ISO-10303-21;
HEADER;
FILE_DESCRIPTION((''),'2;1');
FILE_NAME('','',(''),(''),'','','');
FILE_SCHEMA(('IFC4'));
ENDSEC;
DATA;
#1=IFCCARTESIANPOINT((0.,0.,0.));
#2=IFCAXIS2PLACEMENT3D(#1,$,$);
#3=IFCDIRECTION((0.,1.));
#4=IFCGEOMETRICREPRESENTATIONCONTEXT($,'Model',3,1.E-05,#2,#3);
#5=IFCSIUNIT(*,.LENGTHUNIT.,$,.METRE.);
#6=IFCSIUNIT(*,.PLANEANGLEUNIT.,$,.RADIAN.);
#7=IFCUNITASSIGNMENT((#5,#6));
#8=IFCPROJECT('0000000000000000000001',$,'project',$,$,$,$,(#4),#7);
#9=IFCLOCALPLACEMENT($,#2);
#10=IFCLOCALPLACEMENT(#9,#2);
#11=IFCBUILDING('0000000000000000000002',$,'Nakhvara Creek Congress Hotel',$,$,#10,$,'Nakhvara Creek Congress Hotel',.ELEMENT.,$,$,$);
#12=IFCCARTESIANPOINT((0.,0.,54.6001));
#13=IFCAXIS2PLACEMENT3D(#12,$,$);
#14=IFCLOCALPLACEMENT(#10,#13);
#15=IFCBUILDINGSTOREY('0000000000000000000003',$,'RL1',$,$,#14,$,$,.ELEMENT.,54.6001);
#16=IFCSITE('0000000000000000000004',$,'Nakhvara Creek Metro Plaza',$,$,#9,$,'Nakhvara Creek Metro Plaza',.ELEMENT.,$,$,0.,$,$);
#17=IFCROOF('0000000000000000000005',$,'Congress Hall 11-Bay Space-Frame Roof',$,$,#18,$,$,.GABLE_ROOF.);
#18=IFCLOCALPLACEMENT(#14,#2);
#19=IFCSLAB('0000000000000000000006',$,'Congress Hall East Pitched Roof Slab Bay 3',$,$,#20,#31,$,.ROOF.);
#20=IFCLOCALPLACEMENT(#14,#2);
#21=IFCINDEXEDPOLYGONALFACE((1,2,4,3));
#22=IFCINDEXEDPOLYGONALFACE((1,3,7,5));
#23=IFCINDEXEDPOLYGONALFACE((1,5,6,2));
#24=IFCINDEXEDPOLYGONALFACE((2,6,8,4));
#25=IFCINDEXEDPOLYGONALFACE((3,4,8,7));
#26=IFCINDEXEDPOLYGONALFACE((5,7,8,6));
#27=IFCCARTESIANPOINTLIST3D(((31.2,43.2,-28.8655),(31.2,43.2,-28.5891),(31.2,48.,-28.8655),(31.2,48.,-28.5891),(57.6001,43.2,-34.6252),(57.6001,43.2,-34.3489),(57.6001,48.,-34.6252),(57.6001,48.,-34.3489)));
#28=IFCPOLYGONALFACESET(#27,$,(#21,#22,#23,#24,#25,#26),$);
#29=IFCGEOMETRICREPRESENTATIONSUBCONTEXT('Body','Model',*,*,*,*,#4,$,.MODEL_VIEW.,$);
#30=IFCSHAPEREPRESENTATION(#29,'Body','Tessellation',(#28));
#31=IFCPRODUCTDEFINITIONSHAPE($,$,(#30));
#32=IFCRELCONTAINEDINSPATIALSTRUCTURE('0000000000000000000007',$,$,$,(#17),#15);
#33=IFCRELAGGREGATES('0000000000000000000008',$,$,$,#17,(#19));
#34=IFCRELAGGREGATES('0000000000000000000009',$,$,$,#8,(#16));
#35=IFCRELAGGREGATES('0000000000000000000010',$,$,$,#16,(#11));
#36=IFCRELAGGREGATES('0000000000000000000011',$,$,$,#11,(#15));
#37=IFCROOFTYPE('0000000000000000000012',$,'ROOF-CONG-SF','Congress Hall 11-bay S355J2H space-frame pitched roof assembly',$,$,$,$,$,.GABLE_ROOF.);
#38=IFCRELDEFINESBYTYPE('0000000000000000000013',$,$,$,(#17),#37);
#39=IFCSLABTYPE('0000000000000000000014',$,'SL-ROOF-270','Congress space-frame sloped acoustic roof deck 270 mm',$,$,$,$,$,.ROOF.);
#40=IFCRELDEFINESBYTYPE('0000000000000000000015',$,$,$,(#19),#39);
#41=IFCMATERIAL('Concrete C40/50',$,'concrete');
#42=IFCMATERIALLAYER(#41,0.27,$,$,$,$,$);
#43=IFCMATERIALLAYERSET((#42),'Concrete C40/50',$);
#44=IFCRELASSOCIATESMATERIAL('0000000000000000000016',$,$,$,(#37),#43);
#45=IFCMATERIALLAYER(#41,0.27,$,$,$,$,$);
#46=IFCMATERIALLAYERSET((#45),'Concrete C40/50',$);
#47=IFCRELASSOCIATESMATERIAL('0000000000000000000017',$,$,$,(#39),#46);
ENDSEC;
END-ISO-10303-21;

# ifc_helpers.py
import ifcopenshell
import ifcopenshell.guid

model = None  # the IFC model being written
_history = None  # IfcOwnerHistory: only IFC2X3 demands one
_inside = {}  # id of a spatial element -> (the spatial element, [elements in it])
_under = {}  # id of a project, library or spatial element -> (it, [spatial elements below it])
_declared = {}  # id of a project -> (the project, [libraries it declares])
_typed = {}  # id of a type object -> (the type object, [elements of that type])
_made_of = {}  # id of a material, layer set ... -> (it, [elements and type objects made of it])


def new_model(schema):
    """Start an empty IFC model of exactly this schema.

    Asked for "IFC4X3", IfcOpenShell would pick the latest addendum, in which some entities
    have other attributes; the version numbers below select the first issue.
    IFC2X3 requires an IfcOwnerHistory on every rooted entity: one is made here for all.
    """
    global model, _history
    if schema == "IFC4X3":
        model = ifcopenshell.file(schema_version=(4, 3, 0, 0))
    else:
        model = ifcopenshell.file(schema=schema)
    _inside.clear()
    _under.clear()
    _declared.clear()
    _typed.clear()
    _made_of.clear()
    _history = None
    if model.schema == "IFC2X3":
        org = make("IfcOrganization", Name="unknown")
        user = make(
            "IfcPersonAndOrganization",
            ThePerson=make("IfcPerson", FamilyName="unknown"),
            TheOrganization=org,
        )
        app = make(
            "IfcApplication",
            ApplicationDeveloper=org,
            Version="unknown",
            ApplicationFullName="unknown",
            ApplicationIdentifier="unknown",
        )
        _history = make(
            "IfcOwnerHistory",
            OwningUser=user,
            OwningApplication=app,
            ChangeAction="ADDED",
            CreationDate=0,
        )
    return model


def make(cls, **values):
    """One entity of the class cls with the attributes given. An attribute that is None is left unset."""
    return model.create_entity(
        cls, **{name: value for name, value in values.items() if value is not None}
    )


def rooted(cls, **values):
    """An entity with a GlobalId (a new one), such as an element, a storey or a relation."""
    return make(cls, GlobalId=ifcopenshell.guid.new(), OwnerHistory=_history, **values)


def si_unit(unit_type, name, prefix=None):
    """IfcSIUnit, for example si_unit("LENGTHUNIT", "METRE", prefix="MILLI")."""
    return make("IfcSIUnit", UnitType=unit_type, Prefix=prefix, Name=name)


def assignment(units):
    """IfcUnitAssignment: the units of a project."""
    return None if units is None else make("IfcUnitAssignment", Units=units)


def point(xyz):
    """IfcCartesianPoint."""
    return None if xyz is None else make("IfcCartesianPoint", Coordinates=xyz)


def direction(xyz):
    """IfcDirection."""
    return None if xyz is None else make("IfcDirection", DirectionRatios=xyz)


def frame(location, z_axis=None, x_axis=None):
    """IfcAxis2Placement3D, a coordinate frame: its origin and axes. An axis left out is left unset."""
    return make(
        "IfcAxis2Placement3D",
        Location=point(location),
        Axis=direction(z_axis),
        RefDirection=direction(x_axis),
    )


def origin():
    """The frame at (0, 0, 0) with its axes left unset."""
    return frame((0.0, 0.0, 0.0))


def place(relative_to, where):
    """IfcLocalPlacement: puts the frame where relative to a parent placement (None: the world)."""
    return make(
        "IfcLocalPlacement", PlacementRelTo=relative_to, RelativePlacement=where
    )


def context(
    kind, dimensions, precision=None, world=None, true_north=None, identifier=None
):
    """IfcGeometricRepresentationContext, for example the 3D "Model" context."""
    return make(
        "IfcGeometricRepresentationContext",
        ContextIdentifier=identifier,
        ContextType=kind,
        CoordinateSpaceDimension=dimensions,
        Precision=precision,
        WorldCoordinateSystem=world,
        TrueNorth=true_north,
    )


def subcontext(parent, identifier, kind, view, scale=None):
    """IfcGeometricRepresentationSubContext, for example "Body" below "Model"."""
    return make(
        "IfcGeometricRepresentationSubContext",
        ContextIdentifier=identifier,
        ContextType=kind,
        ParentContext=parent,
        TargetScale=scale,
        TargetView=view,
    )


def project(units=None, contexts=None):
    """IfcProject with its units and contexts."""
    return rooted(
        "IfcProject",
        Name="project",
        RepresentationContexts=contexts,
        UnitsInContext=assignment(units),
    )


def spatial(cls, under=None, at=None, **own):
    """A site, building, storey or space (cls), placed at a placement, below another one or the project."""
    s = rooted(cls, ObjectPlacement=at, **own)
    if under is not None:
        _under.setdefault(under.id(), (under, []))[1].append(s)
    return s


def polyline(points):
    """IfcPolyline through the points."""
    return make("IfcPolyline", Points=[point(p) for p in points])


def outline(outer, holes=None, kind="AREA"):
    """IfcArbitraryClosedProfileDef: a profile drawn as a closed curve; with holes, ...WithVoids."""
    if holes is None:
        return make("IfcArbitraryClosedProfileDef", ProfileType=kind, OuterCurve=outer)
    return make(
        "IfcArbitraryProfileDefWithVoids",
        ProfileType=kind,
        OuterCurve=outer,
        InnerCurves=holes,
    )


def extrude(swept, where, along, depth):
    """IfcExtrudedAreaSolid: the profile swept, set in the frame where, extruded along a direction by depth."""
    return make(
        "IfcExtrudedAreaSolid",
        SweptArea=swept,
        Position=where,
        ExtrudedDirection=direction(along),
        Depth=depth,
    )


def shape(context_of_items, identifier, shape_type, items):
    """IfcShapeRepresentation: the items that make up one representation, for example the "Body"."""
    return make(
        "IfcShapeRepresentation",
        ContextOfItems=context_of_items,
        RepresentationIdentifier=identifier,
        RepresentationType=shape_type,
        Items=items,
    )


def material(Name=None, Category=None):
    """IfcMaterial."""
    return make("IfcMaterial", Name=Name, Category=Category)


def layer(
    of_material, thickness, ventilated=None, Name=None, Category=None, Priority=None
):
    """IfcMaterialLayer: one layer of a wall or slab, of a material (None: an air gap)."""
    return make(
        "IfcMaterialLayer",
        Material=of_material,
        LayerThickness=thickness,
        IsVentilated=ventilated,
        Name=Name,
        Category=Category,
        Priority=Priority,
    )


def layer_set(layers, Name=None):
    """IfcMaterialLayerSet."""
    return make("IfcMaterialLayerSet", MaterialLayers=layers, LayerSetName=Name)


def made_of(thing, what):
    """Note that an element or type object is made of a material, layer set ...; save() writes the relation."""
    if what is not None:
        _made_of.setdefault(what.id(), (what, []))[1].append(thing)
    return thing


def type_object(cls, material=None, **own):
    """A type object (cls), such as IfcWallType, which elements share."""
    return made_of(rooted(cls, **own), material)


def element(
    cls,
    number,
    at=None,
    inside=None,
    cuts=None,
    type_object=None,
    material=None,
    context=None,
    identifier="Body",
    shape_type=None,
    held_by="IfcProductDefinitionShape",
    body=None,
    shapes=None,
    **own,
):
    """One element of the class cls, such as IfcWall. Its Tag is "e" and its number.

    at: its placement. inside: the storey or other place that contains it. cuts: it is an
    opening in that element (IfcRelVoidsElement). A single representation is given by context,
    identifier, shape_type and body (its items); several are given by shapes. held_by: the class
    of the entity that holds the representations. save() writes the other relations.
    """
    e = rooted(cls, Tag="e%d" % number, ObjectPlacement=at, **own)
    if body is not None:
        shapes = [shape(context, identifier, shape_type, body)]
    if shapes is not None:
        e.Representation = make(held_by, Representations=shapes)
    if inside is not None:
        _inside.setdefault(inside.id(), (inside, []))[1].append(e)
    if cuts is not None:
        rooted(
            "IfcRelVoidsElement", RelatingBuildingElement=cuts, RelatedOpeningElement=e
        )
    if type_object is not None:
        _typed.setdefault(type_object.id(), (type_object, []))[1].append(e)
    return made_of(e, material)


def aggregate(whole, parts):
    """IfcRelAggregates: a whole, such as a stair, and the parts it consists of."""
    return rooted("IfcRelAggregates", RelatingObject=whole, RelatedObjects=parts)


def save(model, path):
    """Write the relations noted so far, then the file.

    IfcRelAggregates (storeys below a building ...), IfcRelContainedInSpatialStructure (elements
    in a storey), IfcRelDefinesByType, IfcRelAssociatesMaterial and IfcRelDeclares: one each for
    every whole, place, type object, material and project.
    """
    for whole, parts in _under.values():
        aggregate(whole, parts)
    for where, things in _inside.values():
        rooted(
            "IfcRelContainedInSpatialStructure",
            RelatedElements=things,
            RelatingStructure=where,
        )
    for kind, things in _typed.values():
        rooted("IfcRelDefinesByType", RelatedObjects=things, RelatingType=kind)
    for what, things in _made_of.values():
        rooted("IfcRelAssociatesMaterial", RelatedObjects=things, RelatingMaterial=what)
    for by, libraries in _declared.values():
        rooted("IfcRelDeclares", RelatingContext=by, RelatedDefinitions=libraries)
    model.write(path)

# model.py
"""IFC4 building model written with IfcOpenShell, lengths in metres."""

from ifc_helpers import new_model, si_unit, direction, frame, origin, place, context, subcontext, project, spatial, polyline, outline, extrude, material, layer, layer_set, type_object, element, aggregate, save


model = new_model("IFC4")

# Units and contexts
model_context = context("Model", 3, precision=1e-05, world=origin(), true_north=direction((0.0, 1.0)))
body_context = subcontext(model_context, "Body", "Model", "MODEL_VIEW")
ifc_project = project(units=[si_unit("LENGTHUNIT", "METRE"), si_unit("PLANEANGLEUNIT", "RADIAN")], contexts=[model_context])

# Site, building, storey
site_placement = place(None, origin())
site = spatial("IfcSite", under=ifc_project, at=site_placement, Name="Nakhvara Creek Metro Plaza", LongName="Nakhvara Creek Metro Plaza", CompositionType="ELEMENT", RefElevation=0.0)
building_placement = place(site_placement, origin())
building = spatial("IfcBuilding", under=site, at=building_placement, Name="Nakhvara Creek Congress Hotel", LongName="Nakhvara Creek Congress Hotel", CompositionType="ELEMENT")
storey_placement = place(building_placement, frame((0.0, 0.0, 54.6001)))
storey = spatial("IfcBuildingStorey", under=building, at=storey_placement, Name="RL1", CompositionType="ELEMENT", Elevation=54.6001)

# Roof, slab
ifc_material_1 = material(Name="Concrete C40/50", Category="concrete")
ifc_layer_1 = layer(ifc_material_1, 0.27)
ifc_layer_set_1 = layer_set([ifc_layer_1], Name="Concrete C40/50")
roof_type = type_object("IfcRoofType", Name="ROOF-CONG-SF", Description="Congress Hall 11-bay S355J2H space-frame pitched roof assembly", PredefinedType="GABLE_ROOF", material=ifc_layer_set_1)
roof_placement = place(storey_placement, origin())
roof = element("IfcRoof", 1, at=roof_placement, inside=storey, type_object=roof_type, Name="Congress Hall 11-Bay Space-Frame Roof", PredefinedType="GABLE_ROOF")
ifc_layer_2 = layer(ifc_material_1, 0.27)
ifc_layer_set_2 = layer_set([ifc_layer_2], Name="Concrete C40/50")
slab_type = type_object("IfcSlabType", Name="SL-ROOF-270", Description="Congress space-frame sloped acoustic roof deck 270 mm", PredefinedType="ROOF", material=ifc_layer_set_2)
slab_1_placement = place(storey_placement, frame((31.2, 43.2, -28.5891), z_axis=(0.0, 0.0, 1.0), x_axis=(1.0, 0.0, 0.0)))
slab_1 = element("IfcSlab", 2, at=slab_1_placement, type_object=slab_type, Name="Congress Hall East Pitched Roof Slab Bay 3", PredefinedType="ROOF", context=body_context, shape_type="SweptSolid", body=[
    extrude(outline(polyline([(0.0, 0.0), (26.4001, -5.7598), (26.4001, -6.0361), (0.0, -0.2764), (0.0, 0.0)])), frame((0.0, 4.8, 0.0), z_axis=(0.0, -1.0, 0.0), x_axis=(1.0, 0.0, 0.0)), (0.0, 0.0, 1.0), 4.8),
])
aggregate(roof, [slab_1])

save(model, "model.ifc")
